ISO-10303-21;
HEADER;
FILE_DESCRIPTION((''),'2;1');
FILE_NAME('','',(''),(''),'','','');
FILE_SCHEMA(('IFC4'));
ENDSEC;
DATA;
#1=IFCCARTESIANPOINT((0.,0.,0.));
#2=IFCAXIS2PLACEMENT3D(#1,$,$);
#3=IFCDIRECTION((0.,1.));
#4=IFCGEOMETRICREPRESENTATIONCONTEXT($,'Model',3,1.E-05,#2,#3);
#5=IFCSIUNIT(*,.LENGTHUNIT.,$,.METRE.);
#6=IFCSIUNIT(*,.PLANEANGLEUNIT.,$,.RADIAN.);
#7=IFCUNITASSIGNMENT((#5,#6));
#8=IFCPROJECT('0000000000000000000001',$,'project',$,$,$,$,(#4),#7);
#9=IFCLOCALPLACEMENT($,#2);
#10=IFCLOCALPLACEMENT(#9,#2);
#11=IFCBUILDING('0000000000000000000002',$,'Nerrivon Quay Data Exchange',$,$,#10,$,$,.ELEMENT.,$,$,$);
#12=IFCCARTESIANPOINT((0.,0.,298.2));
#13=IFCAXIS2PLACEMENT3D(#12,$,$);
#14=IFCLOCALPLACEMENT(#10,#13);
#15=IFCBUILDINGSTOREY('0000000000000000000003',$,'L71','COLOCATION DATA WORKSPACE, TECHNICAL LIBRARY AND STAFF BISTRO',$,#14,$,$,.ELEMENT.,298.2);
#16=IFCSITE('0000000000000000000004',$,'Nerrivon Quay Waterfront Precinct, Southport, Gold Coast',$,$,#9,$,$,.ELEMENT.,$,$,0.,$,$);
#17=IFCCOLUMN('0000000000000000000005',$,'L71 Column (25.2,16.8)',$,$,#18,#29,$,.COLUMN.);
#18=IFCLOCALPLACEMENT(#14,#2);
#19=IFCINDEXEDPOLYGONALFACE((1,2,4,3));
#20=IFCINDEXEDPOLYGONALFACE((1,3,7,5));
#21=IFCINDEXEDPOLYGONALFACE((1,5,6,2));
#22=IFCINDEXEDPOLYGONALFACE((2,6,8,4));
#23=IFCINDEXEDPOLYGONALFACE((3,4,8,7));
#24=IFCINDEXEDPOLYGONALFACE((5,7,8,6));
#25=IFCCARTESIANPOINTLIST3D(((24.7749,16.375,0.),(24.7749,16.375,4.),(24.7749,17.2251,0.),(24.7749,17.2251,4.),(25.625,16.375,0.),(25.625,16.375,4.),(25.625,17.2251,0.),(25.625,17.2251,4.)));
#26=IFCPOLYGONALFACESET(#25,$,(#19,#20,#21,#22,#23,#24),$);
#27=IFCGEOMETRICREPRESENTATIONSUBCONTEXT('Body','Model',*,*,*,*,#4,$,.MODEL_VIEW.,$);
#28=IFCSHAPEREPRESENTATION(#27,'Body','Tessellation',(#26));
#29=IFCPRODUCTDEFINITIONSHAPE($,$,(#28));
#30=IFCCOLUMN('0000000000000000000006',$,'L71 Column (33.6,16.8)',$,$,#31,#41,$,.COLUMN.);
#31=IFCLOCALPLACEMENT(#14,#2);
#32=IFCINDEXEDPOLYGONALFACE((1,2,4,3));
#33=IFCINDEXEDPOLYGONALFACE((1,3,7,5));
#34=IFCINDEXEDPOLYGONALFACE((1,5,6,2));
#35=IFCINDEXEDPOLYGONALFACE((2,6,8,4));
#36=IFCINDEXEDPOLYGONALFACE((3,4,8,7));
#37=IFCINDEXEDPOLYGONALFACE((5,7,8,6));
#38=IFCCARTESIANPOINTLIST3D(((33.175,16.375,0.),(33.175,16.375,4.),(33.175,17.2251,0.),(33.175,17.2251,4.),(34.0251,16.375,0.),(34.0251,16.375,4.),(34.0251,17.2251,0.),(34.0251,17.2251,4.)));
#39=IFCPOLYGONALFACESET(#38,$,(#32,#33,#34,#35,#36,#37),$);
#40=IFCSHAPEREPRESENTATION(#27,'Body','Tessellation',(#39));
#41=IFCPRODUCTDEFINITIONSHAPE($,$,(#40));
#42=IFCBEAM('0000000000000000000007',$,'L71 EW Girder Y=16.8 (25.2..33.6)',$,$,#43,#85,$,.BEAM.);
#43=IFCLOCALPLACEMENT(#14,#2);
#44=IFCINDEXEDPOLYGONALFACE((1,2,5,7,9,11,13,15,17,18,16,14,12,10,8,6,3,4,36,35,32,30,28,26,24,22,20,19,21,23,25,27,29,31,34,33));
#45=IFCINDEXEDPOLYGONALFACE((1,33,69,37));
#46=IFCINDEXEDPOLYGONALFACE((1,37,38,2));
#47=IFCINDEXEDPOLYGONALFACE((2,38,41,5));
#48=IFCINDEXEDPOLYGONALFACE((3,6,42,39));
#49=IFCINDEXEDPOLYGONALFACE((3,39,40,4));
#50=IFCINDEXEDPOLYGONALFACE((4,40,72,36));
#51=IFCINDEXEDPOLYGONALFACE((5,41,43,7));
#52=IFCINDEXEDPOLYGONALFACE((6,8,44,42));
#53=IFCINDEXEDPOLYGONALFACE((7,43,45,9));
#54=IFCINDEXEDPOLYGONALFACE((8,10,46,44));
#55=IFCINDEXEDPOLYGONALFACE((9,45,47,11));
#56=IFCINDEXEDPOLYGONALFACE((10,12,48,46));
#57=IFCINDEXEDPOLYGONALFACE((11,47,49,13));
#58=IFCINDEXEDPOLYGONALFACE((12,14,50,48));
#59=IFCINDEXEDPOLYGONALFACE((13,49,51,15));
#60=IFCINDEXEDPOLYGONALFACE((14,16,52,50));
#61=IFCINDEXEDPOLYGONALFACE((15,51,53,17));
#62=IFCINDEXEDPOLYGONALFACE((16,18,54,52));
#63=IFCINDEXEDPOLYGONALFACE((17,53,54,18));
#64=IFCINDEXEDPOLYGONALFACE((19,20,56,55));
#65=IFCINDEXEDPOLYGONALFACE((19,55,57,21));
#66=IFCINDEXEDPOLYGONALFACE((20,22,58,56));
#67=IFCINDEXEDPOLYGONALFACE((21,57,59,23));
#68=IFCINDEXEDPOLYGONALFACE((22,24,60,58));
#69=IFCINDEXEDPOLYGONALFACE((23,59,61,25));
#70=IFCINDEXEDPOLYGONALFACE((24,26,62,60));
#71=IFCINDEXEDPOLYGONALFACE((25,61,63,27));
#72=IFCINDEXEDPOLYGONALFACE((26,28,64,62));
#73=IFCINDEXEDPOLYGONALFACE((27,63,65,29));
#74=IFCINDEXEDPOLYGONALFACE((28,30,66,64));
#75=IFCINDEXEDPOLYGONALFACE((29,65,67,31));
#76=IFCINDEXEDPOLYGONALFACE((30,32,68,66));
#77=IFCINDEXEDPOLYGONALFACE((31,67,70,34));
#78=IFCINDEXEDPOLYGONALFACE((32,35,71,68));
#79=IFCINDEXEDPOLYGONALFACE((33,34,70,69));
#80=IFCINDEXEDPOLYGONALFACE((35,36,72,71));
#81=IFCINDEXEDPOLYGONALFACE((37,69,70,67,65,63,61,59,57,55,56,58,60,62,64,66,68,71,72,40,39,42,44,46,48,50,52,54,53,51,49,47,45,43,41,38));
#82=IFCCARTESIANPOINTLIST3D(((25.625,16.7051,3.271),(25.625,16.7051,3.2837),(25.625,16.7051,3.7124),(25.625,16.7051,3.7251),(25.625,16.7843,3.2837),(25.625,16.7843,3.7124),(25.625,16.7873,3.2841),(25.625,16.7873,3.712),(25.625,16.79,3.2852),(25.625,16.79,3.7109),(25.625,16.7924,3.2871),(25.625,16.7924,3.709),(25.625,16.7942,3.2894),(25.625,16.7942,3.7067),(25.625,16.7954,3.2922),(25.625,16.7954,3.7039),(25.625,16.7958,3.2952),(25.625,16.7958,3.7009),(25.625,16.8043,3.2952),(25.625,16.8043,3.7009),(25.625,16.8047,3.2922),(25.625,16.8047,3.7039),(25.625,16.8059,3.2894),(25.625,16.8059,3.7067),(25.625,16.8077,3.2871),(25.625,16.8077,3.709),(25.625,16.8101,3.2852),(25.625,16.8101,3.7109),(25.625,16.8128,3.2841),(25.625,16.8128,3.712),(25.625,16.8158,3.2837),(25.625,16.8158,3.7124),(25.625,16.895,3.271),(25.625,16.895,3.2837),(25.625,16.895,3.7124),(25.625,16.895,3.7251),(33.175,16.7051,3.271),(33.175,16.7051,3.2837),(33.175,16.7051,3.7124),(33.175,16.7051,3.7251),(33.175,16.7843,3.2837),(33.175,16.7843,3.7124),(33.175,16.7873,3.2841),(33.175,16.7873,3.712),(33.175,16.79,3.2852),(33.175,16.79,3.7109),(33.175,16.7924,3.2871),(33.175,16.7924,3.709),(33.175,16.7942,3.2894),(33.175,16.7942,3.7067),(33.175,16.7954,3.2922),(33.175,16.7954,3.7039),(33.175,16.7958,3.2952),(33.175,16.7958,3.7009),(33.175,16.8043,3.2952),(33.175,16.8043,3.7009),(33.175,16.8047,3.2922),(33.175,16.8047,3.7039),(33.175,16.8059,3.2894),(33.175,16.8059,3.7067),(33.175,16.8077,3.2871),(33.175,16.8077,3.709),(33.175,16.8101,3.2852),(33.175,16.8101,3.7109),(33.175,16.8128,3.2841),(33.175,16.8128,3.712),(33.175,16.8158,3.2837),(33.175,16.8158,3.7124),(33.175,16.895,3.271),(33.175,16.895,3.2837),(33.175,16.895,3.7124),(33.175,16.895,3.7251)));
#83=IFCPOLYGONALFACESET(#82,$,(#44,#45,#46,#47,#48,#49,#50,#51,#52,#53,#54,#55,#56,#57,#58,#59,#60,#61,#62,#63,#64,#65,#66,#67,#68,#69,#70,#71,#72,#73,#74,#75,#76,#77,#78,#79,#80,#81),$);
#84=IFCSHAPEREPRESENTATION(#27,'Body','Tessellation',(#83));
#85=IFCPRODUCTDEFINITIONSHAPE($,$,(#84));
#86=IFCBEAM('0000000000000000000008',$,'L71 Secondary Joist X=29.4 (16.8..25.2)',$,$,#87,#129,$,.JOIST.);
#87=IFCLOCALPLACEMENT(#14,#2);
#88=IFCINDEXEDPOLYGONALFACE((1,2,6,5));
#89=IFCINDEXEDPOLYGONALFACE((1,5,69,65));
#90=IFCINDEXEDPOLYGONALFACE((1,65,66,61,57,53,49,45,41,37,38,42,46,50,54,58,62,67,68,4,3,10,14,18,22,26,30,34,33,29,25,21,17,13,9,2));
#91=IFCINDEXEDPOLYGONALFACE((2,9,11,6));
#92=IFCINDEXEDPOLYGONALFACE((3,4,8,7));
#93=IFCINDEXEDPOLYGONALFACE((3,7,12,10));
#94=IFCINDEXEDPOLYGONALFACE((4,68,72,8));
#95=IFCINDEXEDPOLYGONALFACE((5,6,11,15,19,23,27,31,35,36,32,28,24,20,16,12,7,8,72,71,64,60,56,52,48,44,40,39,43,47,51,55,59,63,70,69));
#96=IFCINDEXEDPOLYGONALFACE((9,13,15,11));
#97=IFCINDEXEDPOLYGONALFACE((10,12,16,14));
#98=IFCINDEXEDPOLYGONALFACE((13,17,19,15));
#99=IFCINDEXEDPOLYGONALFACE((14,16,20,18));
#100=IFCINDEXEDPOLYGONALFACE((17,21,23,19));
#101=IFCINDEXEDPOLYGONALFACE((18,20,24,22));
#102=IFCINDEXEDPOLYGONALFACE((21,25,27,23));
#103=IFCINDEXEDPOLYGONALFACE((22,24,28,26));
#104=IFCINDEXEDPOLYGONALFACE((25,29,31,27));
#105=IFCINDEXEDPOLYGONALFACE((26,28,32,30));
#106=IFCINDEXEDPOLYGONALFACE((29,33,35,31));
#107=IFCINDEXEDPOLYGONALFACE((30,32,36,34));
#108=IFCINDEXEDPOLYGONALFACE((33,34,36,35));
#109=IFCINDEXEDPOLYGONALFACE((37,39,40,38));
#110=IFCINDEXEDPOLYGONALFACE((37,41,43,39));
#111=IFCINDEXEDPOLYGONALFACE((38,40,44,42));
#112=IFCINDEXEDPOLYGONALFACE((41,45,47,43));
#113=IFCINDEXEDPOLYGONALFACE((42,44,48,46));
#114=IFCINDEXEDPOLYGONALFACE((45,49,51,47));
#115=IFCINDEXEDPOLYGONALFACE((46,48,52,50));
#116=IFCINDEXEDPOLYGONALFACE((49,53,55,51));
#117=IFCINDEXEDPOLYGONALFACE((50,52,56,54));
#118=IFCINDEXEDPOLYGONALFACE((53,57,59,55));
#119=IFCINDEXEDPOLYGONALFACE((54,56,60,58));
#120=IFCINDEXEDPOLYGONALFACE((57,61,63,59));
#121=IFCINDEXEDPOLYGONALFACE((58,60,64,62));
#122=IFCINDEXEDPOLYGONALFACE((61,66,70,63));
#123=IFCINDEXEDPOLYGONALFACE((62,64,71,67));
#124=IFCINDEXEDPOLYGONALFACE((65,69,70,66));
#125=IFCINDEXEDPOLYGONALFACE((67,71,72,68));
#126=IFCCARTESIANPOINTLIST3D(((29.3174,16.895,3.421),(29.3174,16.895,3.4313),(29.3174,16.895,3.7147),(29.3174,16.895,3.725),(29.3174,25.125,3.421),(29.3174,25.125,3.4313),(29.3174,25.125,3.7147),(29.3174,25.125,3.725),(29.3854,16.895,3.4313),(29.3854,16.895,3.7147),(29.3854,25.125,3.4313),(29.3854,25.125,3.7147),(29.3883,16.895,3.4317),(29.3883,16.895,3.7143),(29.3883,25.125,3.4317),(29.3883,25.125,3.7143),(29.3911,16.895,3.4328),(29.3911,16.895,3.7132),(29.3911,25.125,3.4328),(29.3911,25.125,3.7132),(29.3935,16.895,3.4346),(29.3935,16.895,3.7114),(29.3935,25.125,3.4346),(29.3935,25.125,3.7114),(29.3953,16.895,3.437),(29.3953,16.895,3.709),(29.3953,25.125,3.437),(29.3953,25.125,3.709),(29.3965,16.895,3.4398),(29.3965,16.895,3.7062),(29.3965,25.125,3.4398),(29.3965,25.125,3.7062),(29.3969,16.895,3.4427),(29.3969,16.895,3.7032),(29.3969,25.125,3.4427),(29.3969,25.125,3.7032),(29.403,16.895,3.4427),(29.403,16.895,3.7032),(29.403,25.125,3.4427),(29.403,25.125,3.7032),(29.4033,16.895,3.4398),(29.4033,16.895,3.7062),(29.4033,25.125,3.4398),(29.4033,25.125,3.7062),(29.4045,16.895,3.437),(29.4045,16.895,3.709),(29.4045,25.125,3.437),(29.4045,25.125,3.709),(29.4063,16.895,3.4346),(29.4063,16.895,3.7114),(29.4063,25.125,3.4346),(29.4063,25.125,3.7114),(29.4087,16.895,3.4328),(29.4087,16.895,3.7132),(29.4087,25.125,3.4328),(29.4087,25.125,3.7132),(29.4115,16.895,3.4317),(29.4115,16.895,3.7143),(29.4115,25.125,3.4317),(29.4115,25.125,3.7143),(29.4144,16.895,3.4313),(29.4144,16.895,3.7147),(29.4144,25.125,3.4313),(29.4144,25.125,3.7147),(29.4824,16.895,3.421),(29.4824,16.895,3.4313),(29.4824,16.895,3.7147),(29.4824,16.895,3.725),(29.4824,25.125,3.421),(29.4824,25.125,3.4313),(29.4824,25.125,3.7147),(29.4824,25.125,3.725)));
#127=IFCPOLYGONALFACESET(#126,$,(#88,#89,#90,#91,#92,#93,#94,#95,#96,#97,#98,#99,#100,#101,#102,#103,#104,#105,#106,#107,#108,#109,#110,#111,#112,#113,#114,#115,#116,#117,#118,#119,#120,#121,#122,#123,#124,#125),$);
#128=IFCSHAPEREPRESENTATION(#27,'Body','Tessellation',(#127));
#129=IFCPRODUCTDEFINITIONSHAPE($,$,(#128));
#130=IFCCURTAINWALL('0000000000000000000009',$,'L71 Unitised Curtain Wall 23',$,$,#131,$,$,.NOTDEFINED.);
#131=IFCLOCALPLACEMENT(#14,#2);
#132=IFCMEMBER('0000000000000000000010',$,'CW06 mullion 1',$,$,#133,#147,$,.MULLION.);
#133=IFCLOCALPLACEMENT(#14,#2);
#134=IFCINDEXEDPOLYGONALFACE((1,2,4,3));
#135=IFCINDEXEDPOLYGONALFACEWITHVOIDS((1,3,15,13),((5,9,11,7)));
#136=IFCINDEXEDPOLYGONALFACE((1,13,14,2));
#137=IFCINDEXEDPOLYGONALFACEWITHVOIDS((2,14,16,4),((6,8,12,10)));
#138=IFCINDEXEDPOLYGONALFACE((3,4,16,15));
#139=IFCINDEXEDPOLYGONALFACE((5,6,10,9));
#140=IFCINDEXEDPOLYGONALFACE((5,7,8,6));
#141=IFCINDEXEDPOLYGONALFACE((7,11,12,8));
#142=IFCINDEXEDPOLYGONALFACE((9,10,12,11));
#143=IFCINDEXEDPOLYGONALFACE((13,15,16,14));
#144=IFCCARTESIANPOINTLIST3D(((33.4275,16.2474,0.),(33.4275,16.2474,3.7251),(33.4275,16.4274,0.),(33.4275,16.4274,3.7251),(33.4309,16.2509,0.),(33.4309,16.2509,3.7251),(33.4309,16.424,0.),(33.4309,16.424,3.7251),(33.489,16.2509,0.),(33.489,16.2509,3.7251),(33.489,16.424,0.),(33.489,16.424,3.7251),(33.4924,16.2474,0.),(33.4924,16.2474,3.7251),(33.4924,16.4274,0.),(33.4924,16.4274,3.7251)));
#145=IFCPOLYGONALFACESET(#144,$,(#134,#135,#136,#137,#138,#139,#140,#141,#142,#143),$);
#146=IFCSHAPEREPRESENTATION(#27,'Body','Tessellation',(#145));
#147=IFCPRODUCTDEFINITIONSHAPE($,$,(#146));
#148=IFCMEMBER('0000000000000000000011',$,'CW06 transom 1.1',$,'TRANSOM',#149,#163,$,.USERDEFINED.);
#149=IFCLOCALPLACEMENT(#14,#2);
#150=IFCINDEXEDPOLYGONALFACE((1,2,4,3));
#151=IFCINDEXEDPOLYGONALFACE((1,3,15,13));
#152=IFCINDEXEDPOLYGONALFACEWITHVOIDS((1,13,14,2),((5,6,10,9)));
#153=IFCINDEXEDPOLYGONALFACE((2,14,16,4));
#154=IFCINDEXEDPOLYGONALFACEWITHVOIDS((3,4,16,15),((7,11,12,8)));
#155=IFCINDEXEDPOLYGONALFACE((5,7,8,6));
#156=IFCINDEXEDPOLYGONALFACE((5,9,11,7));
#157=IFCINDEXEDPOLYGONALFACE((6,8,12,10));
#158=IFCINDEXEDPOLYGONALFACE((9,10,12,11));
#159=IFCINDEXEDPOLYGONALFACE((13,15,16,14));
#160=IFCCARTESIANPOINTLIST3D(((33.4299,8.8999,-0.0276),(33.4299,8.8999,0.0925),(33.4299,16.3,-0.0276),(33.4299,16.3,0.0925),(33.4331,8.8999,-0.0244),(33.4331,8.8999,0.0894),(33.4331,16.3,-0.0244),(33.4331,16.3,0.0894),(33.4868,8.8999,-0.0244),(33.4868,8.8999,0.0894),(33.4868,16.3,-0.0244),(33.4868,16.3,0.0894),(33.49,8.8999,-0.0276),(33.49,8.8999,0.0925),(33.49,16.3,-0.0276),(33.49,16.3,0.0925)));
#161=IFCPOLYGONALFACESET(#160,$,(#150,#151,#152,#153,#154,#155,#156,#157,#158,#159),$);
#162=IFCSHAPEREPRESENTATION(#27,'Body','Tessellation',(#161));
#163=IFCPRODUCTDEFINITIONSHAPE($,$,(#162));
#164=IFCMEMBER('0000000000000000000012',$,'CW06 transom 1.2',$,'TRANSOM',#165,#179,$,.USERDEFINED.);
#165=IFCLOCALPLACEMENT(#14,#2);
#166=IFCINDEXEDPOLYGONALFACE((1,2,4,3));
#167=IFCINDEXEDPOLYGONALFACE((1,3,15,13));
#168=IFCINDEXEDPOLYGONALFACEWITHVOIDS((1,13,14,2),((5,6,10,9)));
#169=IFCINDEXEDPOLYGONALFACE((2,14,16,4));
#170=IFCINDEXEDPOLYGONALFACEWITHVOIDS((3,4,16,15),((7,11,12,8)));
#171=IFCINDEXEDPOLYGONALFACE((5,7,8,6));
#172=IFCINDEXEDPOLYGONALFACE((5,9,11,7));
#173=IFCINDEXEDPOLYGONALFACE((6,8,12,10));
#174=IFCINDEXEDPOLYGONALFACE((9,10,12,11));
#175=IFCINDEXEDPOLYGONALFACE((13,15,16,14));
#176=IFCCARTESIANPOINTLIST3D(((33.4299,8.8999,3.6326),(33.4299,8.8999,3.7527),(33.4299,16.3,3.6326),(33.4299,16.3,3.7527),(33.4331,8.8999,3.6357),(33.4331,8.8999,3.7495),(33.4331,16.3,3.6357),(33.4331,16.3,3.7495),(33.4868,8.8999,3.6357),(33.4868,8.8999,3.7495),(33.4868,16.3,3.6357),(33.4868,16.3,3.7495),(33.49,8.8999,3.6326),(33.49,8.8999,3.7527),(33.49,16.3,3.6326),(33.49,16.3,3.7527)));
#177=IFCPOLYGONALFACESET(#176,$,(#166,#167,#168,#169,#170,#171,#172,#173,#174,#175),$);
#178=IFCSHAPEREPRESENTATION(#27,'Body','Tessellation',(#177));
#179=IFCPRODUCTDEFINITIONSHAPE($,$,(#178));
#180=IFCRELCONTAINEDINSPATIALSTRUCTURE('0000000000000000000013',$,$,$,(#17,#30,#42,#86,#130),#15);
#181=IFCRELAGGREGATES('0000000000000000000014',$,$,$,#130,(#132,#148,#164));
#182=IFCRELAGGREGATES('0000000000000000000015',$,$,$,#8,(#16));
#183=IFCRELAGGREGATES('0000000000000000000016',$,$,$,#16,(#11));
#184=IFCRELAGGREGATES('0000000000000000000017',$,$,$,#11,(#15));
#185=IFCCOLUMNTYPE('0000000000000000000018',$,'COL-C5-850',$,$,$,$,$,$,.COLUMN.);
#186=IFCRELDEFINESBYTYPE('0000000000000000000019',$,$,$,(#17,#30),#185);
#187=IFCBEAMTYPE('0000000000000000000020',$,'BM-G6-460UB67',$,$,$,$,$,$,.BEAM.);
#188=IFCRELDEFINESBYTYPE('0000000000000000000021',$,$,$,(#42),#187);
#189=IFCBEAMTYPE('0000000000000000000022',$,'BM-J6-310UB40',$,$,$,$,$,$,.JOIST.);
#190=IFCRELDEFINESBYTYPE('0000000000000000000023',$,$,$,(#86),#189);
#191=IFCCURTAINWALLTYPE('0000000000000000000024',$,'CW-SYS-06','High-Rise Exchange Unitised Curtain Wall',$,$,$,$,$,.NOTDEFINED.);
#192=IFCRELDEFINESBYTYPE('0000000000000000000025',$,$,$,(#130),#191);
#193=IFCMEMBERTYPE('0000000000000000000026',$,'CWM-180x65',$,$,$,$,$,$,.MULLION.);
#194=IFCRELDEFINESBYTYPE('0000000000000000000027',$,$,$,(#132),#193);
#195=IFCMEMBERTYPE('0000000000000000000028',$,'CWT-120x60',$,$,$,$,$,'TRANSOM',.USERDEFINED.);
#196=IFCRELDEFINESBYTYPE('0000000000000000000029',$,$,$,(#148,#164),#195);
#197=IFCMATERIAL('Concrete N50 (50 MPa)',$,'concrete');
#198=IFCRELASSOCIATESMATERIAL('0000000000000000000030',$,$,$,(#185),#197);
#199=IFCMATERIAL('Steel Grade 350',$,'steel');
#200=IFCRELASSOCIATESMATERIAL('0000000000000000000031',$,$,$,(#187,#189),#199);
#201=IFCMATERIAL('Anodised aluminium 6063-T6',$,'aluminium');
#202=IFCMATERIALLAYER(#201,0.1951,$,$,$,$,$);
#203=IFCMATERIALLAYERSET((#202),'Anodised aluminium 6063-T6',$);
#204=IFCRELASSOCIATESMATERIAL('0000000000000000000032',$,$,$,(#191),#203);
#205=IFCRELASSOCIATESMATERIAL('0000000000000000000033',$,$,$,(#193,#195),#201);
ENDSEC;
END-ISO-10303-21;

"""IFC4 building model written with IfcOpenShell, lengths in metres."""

from ifc_helpers import new_model, si_unit, direction, frame, origin, origin_2d, place, context, subcontext, project, spatial, rectangle, hollow_rectangle, i_section, extrude, material, layer, layer_set, material_profile, profile_set, type_object, element, aggregate, save


model = new_model("IFC4")

# Units and contexts
model_context = context("Model", 3, precision=1e-05, world=origin(), true_north=direction((0.0, 1.0)))
body_context = subcontext(model_context, "Body", "Model", "MODEL_VIEW")
ifc_project = project(units=[si_unit("LENGTHUNIT", "METRE"), si_unit("PLANEANGLEUNIT", "RADIAN")], contexts=[model_context])

# Site, building, storey
site_placement = place(None, origin())
site = spatial("IfcSite", under=ifc_project, at=site_placement, Name="Nerrivon Quay Waterfront Precinct, Southport, Gold Coast", CompositionType="ELEMENT", RefElevation=0.0)
building_placement = place(site_placement, origin())
building = spatial("IfcBuilding", under=site, at=building_placement, Name="Nerrivon Quay Data Exchange", CompositionType="ELEMENT")
storey_placement = place(building_placement, frame((0.0, 0.0, 298.2)))
storey = spatial("IfcBuildingStorey", under=building, at=storey_placement, Name="L71", Description="COLOCATION DATA WORKSPACE, TECHNICAL LIBRARY AND STAFF BISTRO", CompositionType="ELEMENT", Elevation=298.2)

# Columns
ifc_material_1 = material(Name="Concrete N50 (50 MPa)", Category="concrete")
ifc_material_profile_1 = material_profile(ifc_material_1, rectangle(XDim=0.8501, YDim=0.8501, at=origin_2d()), Name="RC-COL-850x850")
ifc_profile_set_1 = profile_set([ifc_material_profile_1], Name="Concrete N50 (50 MPa)")
column_type = type_object("IfcColumnType", Name="COL-C5-850", PredefinedType="COLUMN", material=ifc_profile_set_1)
for number, where, z_axis, x_axis, name in (
    (1, (25.2, 16.8, 0.0), (0.0, 0.0, 1.0), (1.0, 0.0, 0.0), "L71 Column (25.2,16.8)"),
    (2, (33.6001, 16.8, 0.0), (0.0, 0.0, 1.0), (1.0, 0.0, 0.0), "L71 Column (33.6,16.8)"),
):
    element("IfcColumn", number, at=place(storey_placement, frame(where, z_axis=z_axis, x_axis=x_axis)), inside=storey, type_object=column_type, Name=name, PredefinedType="COLUMN", context=body_context, shape_type="SweptSolid", body=[
        extrude(rectangle(XDim=0.8501, YDim=0.8501, at=origin_2d()), origin(), (0.0, 0.0, 1.0), 4.0),
    ])

# Beams
ifc_material_2 = material(Name="Steel Grade 350", Category="steel")
ifc_material_profile_2 = material_profile(ifc_material_2, i_section(OverallWidth=0.1899, OverallDepth=0.4541, WebThickness=0.0085, FlangeThickness=0.0127, FilletRadius=0.0115, at=origin_2d()), Name="460UB67.1")
ifc_profile_set_2 = profile_set([ifc_material_profile_2], Name="Steel Grade 350")
beam_type_1 = type_object("IfcBeamType", Name="BM-G6-460UB67", PredefinedType="BEAM", material=ifc_profile_set_2)
beam_1_placement = place(storey_placement, frame((25.625, 16.8, 3.498), z_axis=(1.0, 0.0, 0.0), x_axis=(0.0, 1.0, 0.0)))
element("IfcBeam", 3, at=beam_1_placement, inside=storey, type_object=beam_type_1, Name="L71 EW Girder Y=16.8 (25.2..33.6)", PredefinedType="BEAM", context=body_context, shape_type="SweptSolid", body=[
    extrude(i_section(OverallWidth=0.1899, OverallDepth=0.4541, WebThickness=0.0085, FlangeThickness=0.0127, FilletRadius=0.0115, at=origin_2d()), origin(), (0.0, 0.0, 1.0), 7.55),
])
ifc_material_profile_3 = material_profile(ifc_material_2, i_section(OverallWidth=0.165, OverallDepth=0.304, WebThickness=0.0061, FlangeThickness=0.0103, FilletRadius=0.0115, at=origin_2d()), Name="310UB40.4")
ifc_profile_set_3 = profile_set([ifc_material_profile_3], Name="Steel Grade 350")
beam_type_2 = type_object("IfcBeamType", Name="BM-J6-310UB40", PredefinedType="JOIST", material=ifc_profile_set_3)
beam_2_placement = place(storey_placement, frame((29.3999, 16.895, 3.573), z_axis=(0.0, 1.0, 0.0), x_axis=(-1.0, 0.0, 0.0)))
element("IfcBeam", 4, at=beam_2_placement, inside=storey, type_object=beam_type_2, Name="L71 Secondary Joist X=29.4 (16.8..25.2)", PredefinedType="JOIST", context=body_context, shape_type="SweptSolid", body=[
    extrude(i_section(OverallWidth=0.165, OverallDepth=0.304, WebThickness=0.0061, FlangeThickness=0.0103, FilletRadius=0.0115, at=origin_2d()), origin(), (0.0, 0.0, 1.0), 8.23),
])

# Curtain wall, members
ifc_material_3 = material(Name="Anodised aluminium 6063-T6", Category="aluminium")
ifc_layer_1 = layer(ifc_material_3, 0.1951)
ifc_layer_set_1 = layer_set([ifc_layer_1], Name="Anodised aluminium 6063-T6")
curtain_wall_type = type_object("IfcCurtainWallType", Name="CW-SYS-06", Description="High-Rise Exchange Unitised Curtain Wall", PredefinedType="NOTDEFINED", material=ifc_layer_set_1)
curtain_wall_placement = place(storey_placement, origin())
curtain_wall = element("IfcCurtainWall", 5, at=curtain_wall_placement, inside=storey, type_object=curtain_wall_type, Name="L71 Unitised Curtain Wall 23", PredefinedType="NOTDEFINED")
ifc_material_profile_4 = material_profile(ifc_material_3, hollow_rectangle(XDim=0.0649, YDim=0.1799, WallThickness=0.0034, at=origin_2d()), Name="ALU-MULL-180x65")
ifc_profile_set_4 = profile_set([ifc_material_profile_4], Name="Anodised aluminium 6063-T6")
member_type_1 = type_object("IfcMemberType", Name="CWM-180x65", PredefinedType="MULLION", material=ifc_profile_set_4)
member_1_placement = place(storey_placement, frame((33.46, 16.3374, 0.0), z_axis=(0.0, 0.0, 1.0), x_axis=(1.0, 0.0, 0.0)))
member_1 = element("IfcMember", 6, at=member_1_placement, type_object=member_type_1, Name="CW06 mullion 1", PredefinedType="MULLION", context=body_context, shape_type="SweptSolid", body=[
    extrude(hollow_rectangle(XDim=0.0649, YDim=0.1799, WallThickness=0.0034, at=origin_2d()), origin(), (0.0, 0.0, 1.0), 3.7251),
])
ifc_material_profile_5 = material_profile(ifc_material_3, hollow_rectangle(XDim=0.0601, YDim=0.1201, WallThickness=0.0032, at=origin_2d()), Name="ALU-TRAN-120x60")
ifc_profile_set_5 = profile_set([ifc_material_profile_5], Name="Anodised aluminium 6063-T6")
member_type_2 = type_object("IfcMemberType", Name="CWT-120x60", ElementType="TRANSOM", PredefinedType="USERDEFINED", material=ifc_profile_set_5)
member_2_placement = place(storey_placement, frame((33.46, 16.3, 0.0325), z_axis=(0.0, -1.0, 0.0), x_axis=(1.0, 0.0, 0.0)))
member_2 = element("IfcMember", 7, at=member_2_placement, type_object=member_type_2, Name="CW06 transom 1.1", ObjectType="TRANSOM", PredefinedType="USERDEFINED", context=body_context, shape_type="SweptSolid", body=[
    extrude(hollow_rectangle(XDim=0.0601, YDim=0.1201, WallThickness=0.0032, at=origin_2d()), origin(), (0.0, 0.0, 1.0), 7.4001),
])
member_3_placement = place(storey_placement, frame((33.46, 16.3, 3.6926), z_axis=(0.0, -1.0, 0.0), x_axis=(1.0, 0.0, 0.0)))
member_3 = element("IfcMember", 8, at=member_3_placement, type_object=member_type_2, Name="CW06 transom 1.2", ObjectType="TRANSOM", PredefinedType="USERDEFINED", context=body_context, shape_type="SweptSolid", body=[
    extrude(hollow_rectangle(XDim=0.0601, YDim=0.1201, WallThickness=0.0032, at=origin_2d()), origin(), (0.0, 0.0, 1.0), 7.4001),
])
aggregate(curtain_wall, [member_1, member_2, member_3])

save(model, "model.ifc")
